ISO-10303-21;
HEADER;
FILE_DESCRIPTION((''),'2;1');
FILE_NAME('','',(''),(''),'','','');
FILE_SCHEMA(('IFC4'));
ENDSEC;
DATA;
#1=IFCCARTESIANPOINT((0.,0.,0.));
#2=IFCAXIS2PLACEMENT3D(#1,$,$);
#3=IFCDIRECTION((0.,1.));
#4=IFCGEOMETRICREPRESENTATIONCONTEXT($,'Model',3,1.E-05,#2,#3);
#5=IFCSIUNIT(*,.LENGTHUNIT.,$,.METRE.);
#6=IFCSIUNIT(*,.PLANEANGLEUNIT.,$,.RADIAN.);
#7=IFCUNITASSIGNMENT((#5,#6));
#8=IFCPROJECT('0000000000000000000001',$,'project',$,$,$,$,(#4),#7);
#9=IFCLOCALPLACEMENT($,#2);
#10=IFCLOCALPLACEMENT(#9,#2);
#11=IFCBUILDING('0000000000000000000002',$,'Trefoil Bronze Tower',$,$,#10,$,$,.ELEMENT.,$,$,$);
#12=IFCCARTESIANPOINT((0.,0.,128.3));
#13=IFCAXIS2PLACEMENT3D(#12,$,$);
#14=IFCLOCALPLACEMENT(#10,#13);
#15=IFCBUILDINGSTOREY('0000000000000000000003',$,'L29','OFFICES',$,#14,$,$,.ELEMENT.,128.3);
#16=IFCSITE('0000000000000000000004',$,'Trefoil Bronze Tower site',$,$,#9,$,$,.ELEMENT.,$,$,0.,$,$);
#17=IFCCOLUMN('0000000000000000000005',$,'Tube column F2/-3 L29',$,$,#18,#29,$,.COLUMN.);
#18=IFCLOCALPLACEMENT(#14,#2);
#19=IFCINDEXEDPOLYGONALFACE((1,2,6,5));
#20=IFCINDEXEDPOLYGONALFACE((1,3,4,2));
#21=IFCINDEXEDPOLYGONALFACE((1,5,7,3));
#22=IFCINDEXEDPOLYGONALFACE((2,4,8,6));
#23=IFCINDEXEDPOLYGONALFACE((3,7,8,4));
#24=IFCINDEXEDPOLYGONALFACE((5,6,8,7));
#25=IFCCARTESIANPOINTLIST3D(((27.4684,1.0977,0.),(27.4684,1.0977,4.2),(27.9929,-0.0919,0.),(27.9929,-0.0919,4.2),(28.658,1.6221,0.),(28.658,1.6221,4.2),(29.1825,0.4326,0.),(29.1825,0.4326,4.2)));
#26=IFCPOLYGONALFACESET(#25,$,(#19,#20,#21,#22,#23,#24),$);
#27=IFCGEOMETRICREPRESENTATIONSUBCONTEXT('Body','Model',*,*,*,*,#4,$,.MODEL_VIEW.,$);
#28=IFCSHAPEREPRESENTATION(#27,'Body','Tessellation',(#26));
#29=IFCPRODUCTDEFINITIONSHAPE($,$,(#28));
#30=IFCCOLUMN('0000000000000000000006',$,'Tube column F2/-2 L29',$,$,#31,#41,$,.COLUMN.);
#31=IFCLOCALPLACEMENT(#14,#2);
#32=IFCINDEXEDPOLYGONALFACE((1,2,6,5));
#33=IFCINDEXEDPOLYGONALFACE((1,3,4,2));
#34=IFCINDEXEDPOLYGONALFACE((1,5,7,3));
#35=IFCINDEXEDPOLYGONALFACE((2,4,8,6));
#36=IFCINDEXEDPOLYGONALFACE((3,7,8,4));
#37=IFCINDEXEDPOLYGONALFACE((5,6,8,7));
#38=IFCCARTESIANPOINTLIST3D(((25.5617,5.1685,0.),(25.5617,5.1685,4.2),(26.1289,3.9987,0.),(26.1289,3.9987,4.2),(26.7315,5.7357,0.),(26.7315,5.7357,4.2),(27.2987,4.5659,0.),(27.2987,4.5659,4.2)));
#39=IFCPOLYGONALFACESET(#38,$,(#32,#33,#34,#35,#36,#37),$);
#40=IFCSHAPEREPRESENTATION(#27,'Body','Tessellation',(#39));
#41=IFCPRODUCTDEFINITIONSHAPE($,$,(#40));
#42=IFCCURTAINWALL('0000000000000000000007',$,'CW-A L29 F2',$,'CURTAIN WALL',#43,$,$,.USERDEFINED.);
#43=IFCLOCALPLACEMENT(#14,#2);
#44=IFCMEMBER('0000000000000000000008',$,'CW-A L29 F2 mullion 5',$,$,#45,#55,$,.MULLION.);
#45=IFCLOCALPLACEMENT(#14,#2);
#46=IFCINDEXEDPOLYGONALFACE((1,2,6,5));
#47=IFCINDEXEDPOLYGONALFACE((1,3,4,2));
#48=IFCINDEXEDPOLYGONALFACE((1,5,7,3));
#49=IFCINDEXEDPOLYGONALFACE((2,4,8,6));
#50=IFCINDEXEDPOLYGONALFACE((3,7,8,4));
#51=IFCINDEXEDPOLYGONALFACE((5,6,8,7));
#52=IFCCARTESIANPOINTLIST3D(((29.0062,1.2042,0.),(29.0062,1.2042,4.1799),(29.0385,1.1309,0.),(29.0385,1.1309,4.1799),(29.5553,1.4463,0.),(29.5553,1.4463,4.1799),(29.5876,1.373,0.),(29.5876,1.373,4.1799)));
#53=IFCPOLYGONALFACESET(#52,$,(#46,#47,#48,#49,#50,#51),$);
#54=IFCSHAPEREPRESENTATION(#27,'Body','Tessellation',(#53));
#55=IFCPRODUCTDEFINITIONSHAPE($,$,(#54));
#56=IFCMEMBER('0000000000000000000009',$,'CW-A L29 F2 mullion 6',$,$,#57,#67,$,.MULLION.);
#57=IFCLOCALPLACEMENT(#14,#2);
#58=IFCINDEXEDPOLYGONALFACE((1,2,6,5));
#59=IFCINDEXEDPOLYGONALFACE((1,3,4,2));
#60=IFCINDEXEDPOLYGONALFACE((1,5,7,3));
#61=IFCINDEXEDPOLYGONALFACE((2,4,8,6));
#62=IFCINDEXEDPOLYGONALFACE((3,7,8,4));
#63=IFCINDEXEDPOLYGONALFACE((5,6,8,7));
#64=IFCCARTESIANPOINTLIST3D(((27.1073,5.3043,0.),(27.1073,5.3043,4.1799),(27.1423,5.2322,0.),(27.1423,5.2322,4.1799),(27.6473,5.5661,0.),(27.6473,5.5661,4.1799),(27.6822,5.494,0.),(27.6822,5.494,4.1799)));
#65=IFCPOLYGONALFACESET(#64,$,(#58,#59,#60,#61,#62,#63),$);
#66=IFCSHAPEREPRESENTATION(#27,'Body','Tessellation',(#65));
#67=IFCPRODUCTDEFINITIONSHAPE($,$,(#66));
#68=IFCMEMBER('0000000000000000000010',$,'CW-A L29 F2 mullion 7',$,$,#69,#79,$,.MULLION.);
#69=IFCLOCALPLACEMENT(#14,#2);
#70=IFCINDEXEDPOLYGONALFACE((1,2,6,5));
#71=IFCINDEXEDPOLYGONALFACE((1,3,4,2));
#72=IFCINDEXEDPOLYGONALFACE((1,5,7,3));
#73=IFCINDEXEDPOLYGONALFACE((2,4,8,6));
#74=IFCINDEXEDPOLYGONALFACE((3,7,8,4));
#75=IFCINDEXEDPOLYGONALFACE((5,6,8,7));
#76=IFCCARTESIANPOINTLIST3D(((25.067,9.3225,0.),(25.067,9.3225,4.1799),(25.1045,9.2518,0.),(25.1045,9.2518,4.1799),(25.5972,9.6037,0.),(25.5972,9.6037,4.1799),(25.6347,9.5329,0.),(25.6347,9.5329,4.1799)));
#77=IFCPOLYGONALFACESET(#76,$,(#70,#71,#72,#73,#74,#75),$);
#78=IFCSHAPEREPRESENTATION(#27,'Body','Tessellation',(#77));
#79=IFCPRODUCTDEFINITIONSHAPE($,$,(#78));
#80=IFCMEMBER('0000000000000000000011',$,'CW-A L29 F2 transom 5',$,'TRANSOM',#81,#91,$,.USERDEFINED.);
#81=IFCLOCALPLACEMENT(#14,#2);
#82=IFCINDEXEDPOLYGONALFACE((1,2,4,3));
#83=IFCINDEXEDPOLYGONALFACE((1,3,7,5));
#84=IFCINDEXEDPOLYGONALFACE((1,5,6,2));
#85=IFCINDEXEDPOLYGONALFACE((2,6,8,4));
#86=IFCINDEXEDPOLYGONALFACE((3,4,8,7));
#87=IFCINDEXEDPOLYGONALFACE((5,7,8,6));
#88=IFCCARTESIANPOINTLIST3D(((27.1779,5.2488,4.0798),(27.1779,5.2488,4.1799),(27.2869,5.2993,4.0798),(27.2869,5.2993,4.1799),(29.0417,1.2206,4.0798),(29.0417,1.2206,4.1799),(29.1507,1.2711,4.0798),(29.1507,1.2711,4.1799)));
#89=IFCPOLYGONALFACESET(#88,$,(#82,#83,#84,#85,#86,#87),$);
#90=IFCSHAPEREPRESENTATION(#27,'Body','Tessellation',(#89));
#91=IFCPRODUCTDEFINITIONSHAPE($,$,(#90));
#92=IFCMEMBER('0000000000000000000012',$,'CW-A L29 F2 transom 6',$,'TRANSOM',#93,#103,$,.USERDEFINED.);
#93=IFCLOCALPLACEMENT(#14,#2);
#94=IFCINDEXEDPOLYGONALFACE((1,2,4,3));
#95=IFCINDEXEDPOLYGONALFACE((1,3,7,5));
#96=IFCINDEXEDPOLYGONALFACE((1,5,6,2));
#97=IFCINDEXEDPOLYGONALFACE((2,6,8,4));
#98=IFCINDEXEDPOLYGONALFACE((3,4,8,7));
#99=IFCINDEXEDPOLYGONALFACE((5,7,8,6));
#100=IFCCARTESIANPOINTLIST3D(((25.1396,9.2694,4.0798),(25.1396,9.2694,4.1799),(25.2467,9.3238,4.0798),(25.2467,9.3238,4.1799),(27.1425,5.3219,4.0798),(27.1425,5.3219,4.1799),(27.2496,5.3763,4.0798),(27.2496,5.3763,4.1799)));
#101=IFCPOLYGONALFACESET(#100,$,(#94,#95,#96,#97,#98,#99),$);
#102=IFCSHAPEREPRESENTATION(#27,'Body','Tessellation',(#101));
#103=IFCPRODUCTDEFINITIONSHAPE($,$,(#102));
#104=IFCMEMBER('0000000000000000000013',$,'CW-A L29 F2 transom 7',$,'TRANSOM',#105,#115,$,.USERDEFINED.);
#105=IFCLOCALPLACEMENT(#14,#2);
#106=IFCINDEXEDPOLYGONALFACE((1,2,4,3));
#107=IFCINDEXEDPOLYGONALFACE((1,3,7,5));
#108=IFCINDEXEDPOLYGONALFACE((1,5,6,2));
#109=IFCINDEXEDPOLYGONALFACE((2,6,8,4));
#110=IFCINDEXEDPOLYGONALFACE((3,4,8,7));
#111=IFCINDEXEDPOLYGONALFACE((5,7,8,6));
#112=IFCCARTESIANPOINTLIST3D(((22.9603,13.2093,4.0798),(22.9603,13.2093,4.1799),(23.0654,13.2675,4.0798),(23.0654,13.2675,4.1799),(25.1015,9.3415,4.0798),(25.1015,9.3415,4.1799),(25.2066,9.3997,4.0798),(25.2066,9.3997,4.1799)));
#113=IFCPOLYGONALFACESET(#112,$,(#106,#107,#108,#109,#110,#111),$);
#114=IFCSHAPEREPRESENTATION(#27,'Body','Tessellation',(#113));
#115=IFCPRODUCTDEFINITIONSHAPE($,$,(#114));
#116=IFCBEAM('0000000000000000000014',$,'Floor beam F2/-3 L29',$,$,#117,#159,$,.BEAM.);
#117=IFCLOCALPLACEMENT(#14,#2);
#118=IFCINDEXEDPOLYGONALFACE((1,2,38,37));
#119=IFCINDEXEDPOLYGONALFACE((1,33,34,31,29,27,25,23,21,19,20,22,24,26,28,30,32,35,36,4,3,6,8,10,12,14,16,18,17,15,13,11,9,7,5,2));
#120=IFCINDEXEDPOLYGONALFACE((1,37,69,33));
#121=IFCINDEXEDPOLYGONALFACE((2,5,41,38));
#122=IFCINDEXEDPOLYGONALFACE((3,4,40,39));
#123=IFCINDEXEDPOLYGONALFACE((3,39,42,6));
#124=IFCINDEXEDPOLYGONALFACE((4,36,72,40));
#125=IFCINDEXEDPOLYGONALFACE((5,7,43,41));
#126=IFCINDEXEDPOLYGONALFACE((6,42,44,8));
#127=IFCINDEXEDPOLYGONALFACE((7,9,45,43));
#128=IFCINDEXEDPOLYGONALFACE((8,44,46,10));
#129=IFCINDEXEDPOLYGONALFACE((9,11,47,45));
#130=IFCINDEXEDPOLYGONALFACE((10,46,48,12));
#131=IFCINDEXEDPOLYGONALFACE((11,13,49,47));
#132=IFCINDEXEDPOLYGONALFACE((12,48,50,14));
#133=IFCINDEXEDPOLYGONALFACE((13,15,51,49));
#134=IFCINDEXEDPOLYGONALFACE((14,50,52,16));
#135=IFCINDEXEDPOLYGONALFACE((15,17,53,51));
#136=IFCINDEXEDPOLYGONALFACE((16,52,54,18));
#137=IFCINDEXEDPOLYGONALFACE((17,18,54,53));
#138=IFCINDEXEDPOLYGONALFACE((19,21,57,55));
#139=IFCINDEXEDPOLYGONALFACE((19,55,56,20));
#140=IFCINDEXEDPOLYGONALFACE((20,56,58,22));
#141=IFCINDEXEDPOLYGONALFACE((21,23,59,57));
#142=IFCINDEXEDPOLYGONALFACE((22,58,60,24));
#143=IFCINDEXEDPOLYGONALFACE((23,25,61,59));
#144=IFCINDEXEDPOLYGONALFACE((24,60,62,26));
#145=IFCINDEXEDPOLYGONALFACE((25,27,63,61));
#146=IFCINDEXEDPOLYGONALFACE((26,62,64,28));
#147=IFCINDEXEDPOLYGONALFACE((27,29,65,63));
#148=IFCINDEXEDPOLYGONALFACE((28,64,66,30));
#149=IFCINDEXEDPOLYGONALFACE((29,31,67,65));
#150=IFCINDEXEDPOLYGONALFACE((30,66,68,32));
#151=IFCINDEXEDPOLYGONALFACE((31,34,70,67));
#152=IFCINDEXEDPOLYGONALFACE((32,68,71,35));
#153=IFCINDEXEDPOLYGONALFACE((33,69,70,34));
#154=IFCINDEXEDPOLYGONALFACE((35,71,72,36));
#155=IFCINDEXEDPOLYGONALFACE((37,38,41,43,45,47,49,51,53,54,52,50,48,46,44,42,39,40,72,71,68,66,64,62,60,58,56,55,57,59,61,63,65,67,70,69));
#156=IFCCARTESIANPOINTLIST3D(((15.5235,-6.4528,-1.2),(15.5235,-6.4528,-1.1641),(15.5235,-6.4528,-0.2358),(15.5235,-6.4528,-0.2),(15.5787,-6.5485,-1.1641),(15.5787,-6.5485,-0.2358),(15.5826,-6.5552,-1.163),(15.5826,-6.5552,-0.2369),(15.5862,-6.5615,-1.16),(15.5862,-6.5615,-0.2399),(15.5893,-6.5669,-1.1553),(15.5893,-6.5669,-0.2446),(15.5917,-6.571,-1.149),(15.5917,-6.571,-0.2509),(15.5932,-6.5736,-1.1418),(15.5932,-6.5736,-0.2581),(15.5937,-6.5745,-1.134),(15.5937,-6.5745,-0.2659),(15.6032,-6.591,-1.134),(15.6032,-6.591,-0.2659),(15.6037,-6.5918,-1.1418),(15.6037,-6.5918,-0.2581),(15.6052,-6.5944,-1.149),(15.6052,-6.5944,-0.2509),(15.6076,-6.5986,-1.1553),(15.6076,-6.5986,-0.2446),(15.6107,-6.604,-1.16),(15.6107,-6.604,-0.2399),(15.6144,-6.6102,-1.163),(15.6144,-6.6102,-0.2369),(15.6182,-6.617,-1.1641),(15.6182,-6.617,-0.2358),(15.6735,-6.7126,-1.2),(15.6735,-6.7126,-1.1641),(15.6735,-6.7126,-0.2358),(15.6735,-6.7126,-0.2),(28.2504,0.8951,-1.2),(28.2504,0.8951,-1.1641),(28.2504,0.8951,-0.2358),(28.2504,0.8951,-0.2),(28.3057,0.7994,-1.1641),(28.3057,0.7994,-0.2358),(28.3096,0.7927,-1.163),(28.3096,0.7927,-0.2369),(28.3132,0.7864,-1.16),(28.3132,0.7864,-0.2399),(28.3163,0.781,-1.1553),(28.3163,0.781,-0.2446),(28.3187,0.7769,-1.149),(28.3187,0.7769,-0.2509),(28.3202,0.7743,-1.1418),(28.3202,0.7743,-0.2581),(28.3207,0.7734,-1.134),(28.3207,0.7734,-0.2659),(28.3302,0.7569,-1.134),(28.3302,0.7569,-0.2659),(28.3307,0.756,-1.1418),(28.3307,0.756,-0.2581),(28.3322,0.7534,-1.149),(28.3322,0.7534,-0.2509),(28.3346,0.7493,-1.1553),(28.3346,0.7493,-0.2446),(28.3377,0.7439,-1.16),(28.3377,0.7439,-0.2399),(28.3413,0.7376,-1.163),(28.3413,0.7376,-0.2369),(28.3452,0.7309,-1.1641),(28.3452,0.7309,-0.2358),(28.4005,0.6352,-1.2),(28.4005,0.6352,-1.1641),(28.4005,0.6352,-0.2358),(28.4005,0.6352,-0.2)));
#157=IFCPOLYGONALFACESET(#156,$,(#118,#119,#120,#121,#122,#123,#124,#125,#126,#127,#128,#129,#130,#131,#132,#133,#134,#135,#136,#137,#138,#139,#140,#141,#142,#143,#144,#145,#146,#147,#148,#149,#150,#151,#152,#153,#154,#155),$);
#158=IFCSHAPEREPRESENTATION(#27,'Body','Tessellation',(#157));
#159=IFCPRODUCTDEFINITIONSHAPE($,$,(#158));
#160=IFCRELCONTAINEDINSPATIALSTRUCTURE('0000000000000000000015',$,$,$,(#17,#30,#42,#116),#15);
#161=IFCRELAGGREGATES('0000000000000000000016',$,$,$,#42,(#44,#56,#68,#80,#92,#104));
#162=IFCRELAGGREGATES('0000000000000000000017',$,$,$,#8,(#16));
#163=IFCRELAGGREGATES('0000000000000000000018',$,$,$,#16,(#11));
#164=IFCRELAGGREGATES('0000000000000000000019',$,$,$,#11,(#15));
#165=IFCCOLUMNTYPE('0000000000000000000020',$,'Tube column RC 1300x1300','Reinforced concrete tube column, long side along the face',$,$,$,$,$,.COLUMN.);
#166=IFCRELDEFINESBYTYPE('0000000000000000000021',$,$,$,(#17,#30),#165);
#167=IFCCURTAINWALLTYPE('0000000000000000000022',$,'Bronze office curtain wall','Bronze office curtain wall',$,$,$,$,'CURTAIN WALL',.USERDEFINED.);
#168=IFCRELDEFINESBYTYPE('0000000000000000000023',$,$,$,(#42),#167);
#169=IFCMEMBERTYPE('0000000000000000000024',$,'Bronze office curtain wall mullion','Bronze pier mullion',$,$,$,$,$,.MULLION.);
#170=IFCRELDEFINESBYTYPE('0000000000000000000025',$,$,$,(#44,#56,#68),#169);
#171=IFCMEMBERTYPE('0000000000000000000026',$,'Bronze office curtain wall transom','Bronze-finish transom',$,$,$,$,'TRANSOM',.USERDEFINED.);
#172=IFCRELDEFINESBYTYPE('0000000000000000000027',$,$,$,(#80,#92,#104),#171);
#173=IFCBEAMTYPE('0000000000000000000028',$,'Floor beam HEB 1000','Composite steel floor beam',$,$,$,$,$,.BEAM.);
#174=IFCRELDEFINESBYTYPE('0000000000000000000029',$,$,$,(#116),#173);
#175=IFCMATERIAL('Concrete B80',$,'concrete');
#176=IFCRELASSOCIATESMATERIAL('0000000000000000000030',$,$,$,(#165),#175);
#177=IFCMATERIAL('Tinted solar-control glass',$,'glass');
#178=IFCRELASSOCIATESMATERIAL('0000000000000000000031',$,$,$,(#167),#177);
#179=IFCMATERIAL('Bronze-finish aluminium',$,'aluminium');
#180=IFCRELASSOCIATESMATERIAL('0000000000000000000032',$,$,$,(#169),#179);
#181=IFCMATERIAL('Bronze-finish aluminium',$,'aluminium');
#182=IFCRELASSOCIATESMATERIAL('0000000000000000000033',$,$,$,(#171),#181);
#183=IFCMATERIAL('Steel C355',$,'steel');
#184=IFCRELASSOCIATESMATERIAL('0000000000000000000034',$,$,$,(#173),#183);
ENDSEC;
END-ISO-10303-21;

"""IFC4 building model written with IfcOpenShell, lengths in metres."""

from ifc_helpers import new_model, si_unit, direction, frame, origin, origin_2d, place, context, subcontext, project, spatial, rectangle, i_section, extrude, material, material_profile, profile_set, type_object, element, aggregate, save


model = new_model("IFC4")

# Units and contexts
model_context = context("Model", 3, precision=1e-05, world=origin(), true_north=direction((0.0, 1.0)))
body_context = subcontext(model_context, "Body", "Model", "MODEL_VIEW")
ifc_project = project(units=[si_unit("LENGTHUNIT", "METRE"), si_unit("PLANEANGLEUNIT", "RADIAN")], contexts=[model_context])

# Site, building, storey
site_placement = place(None, origin())
site = spatial("IfcSite", under=ifc_project, at=site_placement, Name="Trefoil Bronze Tower site", CompositionType="ELEMENT", RefElevation=0.0)
building_placement = place(site_placement, origin())
building = spatial("IfcBuilding", under=site, at=building_placement, Name="Trefoil Bronze Tower", CompositionType="ELEMENT")
storey_placement = place(building_placement, frame((0.0, 0.0, 128.3)))
storey = spatial("IfcBuildingStorey", under=building, at=storey_placement, Name="L29", Description="OFFICES", CompositionType="ELEMENT", Elevation=128.3)

# Columns
ifc_material_1 = material(Name="Concrete B80", Category="concrete")
ifc_material_profile_1 = material_profile(ifc_material_1, rectangle(XDim=1.3, YDim=1.3, at=origin_2d()), Name="RC 1300x1300")
ifc_profile_set_1 = profile_set([ifc_material_profile_1], Name="Concrete B80")
column_type = type_object("IfcColumnType", Name="Tube column RC 1300x1300", Description="Reinforced concrete tube column, long side along the face", PredefinedType="COLUMN", material=ifc_profile_set_1)
for number, where, z_axis, x_axis, name in (
    (1, (28.3254, 0.7651, 0.0), (0.0, 0.0, 1.0), (-0.403412, 0.915018, 0.0), "Tube column F2/-3 L29"),
    (2, (26.4302, 4.8672, 0.0), (0.0, 0.0, 1.0), (-0.436262, 0.89982, 0.0), "Tube column F2/-2 L29"),
):
    element("IfcColumn", number, at=place(storey_placement, frame(where, z_axis=z_axis, x_axis=x_axis)), inside=storey, type_object=column_type, Name=name, PredefinedType="COLUMN", context=body_context, shape_type="SweptSolid", body=[
        extrude(rectangle(XDim=1.3, YDim=1.3, at=origin_2d()), origin(), (0.0, 0.0, 1.0), 4.2),
    ])

# Curtain wall, members
ifc_material_2 = material(Name="Tinted solar-control glass", Category="glass")
curtain_wall_type = type_object("IfcCurtainWallType", Name="Bronze office curtain wall", Description="Bronze office curtain wall", ElementType="CURTAIN WALL", PredefinedType="USERDEFINED", material=ifc_material_2)
curtain_wall_placement = place(storey_placement, origin())
curtain_wall = element("IfcCurtainWall", 3, at=curtain_wall_placement, inside=storey, type_object=curtain_wall_type, Name="CW-A L29 F2", ObjectType="CURTAIN WALL", PredefinedType="USERDEFINED")
ifc_material_3 = material(Name="Bronze-finish aluminium", Category="aluminium")
ifc_material_profile_2 = material_profile(ifc_material_3, rectangle(XDim=0.6001, YDim=0.0801, at=origin_2d()), Name="CW-A mullion")
ifc_profile_set_2 = profile_set([ifc_material_profile_2], Name="Bronze-finish aluminium")
member_type_1 = type_object("IfcMemberType", Name="Bronze office curtain wall mullion", Description="Bronze pier mullion", PredefinedType="MULLION", material=ifc_profile_set_2)
member_1_placement = place(storey_placement, frame((29.2969, 1.2886, 0.0), z_axis=(0.0, 0.0, 1.0), x_axis=(-0.915018, -0.403412, 0.0)))
member_1 = element("IfcMember", 4, at=member_1_placement, type_object=member_type_1, Name="CW-A L29 F2 mullion 5", PredefinedType="MULLION", context=body_context, shape_type="SweptSolid", body=[
    extrude(rectangle(XDim=0.6001, YDim=0.0801, at=origin_2d()), origin(), (0.0, 0.0, 1.0), 4.1799),
])
member_2_placement = place(storey_placement, frame((27.3948, 5.3992, 0.0), z_axis=(0.0, 0.0, 1.0), x_axis=(-0.89982, -0.436262, 0.0)))
member_2 = element("IfcMember", 5, at=member_2_placement, type_object=member_type_1, Name="CW-A L29 F2 mullion 6", PredefinedType="MULLION", context=body_context, shape_type="SweptSolid", body=[
    extrude(rectangle(XDim=0.6001, YDim=0.0801, at=origin_2d()), origin(), (0.0, 0.0, 1.0), 4.1799),
])
member_3_placement = place(storey_placement, frame((25.3508, 9.4277, 0.0), z_axis=(0.0, 0.0, 1.0), x_axis=(-0.883486, -0.468457, 0.0)))
member_3 = element("IfcMember", 6, at=member_3_placement, type_object=member_type_1, Name="CW-A L29 F2 mullion 7", PredefinedType="MULLION", context=body_context, shape_type="SweptSolid", body=[
    extrude(rectangle(XDim=0.6001, YDim=0.0801, at=origin_2d()), origin(), (0.0, 0.0, 1.0), 4.1799),
])
ifc_material_4 = material(Name="Bronze-finish aluminium", Category="aluminium")
ifc_material_profile_3 = material_profile(ifc_material_4, rectangle(XDim=0.1201, YDim=0.1001, at=origin_2d()), Name="CW-A transom")
ifc_profile_set_3 = profile_set([ifc_material_profile_3], Name="Bronze-finish aluminium")
member_type_2 = type_object("IfcMemberType", Name="Bronze office curtain wall transom", Description="Bronze-finish transom", ElementType="TRANSOM", PredefinedType="USERDEFINED", material=ifc_profile_set_3)
member_4_placement = place(storey_placement, frame((29.0962, 1.2458, 4.1299), z_axis=(-0.419923, 0.90756, 0.0), x_axis=(-0.90756, -0.419923, 0.0)))
member_4 = element("IfcMember", 7, at=member_4_placement, type_object=member_type_2, Name="CW-A L29 F2 transom 5", ObjectType="TRANSOM", PredefinedType="USERDEFINED", context=body_context, shape_type="SweptSolid", body=[
    extrude(rectangle(XDim=0.1201, YDim=0.1001, at=origin_2d()), origin(), (0.0, 0.0, 1.0), 4.4385),
])
member_5_placement = place(storey_placement, frame((27.196, 5.3491, 4.1299), z_axis=(-0.452478, 0.891775, 0.0), x_axis=(-0.891775, -0.452478, 0.0)))
member_5 = element("IfcMember", 8, at=member_5_placement, type_object=member_type_2, Name="CW-A L29 F2 transom 6", ObjectType="TRANSOM", PredefinedType="USERDEFINED", context=body_context, shape_type="SweptSolid", body=[
    extrude(rectangle(XDim=0.1201, YDim=0.1001, at=origin_2d()), origin(), (0.0, 0.0, 1.0), 4.4265),
])
member_6_placement = place(storey_placement, frame((25.1541, 9.3706, 4.1299), z_axis=(-0.484329, 0.874886, 0.0), x_axis=(-0.874886, -0.484329, 0.0)))
member_6 = element("IfcMember", 9, at=member_6_placement, type_object=member_type_2, Name="CW-A L29 F2 transom 7", ObjectType="TRANSOM", PredefinedType="USERDEFINED", context=body_context, shape_type="SweptSolid", body=[
    extrude(rectangle(XDim=0.1201, YDim=0.1001, at=origin_2d()), origin(), (0.0, 0.0, 1.0), 4.4209),
])

# Beam
ifc_material_5 = material(Name="Steel C355", Category="steel")
ifc_material_profile_4 = material_profile(ifc_material_5, i_section(OverallWidth=0.3, OverallDepth=1.0, WebThickness=0.019, FlangeThickness=0.0359, FilletRadius=0.03, at=origin_2d()), Name="HEB 1000")
ifc_profile_set_4 = profile_set([ifc_material_profile_4], Name="Steel C355")
beam_type_1 = type_object("IfcBeamType", Name="Floor beam HEB 1000", Description="Composite steel floor beam", PredefinedType="BEAM", material=ifc_profile_set_4)
beam_1_placement = place(storey_placement, frame((28.3254, 0.7651, -0.7), z_axis=(-0.866027, -0.499997, 0.0), x_axis=(0.499997, -0.866027, 0.0)))
element("IfcBeam", 10, at=beam_1_placement, inside=storey, type_object=beam_type_1, Name="Floor beam F2/-3 L29", PredefinedType="BEAM", context=body_context, shape_type="SweptSolid", body=[
    extrude(i_section(OverallWidth=0.3, OverallDepth=1.0, WebThickness=0.019, FlangeThickness=0.0359, FilletRadius=0.03, at=origin_2d()), origin(), (0.0, 0.0, 1.0), 14.6958),
])

aggregate(curtain_wall, [member_1, member_2, member_3, member_4, member_5, member_6])

save(model, "model.ifc")
